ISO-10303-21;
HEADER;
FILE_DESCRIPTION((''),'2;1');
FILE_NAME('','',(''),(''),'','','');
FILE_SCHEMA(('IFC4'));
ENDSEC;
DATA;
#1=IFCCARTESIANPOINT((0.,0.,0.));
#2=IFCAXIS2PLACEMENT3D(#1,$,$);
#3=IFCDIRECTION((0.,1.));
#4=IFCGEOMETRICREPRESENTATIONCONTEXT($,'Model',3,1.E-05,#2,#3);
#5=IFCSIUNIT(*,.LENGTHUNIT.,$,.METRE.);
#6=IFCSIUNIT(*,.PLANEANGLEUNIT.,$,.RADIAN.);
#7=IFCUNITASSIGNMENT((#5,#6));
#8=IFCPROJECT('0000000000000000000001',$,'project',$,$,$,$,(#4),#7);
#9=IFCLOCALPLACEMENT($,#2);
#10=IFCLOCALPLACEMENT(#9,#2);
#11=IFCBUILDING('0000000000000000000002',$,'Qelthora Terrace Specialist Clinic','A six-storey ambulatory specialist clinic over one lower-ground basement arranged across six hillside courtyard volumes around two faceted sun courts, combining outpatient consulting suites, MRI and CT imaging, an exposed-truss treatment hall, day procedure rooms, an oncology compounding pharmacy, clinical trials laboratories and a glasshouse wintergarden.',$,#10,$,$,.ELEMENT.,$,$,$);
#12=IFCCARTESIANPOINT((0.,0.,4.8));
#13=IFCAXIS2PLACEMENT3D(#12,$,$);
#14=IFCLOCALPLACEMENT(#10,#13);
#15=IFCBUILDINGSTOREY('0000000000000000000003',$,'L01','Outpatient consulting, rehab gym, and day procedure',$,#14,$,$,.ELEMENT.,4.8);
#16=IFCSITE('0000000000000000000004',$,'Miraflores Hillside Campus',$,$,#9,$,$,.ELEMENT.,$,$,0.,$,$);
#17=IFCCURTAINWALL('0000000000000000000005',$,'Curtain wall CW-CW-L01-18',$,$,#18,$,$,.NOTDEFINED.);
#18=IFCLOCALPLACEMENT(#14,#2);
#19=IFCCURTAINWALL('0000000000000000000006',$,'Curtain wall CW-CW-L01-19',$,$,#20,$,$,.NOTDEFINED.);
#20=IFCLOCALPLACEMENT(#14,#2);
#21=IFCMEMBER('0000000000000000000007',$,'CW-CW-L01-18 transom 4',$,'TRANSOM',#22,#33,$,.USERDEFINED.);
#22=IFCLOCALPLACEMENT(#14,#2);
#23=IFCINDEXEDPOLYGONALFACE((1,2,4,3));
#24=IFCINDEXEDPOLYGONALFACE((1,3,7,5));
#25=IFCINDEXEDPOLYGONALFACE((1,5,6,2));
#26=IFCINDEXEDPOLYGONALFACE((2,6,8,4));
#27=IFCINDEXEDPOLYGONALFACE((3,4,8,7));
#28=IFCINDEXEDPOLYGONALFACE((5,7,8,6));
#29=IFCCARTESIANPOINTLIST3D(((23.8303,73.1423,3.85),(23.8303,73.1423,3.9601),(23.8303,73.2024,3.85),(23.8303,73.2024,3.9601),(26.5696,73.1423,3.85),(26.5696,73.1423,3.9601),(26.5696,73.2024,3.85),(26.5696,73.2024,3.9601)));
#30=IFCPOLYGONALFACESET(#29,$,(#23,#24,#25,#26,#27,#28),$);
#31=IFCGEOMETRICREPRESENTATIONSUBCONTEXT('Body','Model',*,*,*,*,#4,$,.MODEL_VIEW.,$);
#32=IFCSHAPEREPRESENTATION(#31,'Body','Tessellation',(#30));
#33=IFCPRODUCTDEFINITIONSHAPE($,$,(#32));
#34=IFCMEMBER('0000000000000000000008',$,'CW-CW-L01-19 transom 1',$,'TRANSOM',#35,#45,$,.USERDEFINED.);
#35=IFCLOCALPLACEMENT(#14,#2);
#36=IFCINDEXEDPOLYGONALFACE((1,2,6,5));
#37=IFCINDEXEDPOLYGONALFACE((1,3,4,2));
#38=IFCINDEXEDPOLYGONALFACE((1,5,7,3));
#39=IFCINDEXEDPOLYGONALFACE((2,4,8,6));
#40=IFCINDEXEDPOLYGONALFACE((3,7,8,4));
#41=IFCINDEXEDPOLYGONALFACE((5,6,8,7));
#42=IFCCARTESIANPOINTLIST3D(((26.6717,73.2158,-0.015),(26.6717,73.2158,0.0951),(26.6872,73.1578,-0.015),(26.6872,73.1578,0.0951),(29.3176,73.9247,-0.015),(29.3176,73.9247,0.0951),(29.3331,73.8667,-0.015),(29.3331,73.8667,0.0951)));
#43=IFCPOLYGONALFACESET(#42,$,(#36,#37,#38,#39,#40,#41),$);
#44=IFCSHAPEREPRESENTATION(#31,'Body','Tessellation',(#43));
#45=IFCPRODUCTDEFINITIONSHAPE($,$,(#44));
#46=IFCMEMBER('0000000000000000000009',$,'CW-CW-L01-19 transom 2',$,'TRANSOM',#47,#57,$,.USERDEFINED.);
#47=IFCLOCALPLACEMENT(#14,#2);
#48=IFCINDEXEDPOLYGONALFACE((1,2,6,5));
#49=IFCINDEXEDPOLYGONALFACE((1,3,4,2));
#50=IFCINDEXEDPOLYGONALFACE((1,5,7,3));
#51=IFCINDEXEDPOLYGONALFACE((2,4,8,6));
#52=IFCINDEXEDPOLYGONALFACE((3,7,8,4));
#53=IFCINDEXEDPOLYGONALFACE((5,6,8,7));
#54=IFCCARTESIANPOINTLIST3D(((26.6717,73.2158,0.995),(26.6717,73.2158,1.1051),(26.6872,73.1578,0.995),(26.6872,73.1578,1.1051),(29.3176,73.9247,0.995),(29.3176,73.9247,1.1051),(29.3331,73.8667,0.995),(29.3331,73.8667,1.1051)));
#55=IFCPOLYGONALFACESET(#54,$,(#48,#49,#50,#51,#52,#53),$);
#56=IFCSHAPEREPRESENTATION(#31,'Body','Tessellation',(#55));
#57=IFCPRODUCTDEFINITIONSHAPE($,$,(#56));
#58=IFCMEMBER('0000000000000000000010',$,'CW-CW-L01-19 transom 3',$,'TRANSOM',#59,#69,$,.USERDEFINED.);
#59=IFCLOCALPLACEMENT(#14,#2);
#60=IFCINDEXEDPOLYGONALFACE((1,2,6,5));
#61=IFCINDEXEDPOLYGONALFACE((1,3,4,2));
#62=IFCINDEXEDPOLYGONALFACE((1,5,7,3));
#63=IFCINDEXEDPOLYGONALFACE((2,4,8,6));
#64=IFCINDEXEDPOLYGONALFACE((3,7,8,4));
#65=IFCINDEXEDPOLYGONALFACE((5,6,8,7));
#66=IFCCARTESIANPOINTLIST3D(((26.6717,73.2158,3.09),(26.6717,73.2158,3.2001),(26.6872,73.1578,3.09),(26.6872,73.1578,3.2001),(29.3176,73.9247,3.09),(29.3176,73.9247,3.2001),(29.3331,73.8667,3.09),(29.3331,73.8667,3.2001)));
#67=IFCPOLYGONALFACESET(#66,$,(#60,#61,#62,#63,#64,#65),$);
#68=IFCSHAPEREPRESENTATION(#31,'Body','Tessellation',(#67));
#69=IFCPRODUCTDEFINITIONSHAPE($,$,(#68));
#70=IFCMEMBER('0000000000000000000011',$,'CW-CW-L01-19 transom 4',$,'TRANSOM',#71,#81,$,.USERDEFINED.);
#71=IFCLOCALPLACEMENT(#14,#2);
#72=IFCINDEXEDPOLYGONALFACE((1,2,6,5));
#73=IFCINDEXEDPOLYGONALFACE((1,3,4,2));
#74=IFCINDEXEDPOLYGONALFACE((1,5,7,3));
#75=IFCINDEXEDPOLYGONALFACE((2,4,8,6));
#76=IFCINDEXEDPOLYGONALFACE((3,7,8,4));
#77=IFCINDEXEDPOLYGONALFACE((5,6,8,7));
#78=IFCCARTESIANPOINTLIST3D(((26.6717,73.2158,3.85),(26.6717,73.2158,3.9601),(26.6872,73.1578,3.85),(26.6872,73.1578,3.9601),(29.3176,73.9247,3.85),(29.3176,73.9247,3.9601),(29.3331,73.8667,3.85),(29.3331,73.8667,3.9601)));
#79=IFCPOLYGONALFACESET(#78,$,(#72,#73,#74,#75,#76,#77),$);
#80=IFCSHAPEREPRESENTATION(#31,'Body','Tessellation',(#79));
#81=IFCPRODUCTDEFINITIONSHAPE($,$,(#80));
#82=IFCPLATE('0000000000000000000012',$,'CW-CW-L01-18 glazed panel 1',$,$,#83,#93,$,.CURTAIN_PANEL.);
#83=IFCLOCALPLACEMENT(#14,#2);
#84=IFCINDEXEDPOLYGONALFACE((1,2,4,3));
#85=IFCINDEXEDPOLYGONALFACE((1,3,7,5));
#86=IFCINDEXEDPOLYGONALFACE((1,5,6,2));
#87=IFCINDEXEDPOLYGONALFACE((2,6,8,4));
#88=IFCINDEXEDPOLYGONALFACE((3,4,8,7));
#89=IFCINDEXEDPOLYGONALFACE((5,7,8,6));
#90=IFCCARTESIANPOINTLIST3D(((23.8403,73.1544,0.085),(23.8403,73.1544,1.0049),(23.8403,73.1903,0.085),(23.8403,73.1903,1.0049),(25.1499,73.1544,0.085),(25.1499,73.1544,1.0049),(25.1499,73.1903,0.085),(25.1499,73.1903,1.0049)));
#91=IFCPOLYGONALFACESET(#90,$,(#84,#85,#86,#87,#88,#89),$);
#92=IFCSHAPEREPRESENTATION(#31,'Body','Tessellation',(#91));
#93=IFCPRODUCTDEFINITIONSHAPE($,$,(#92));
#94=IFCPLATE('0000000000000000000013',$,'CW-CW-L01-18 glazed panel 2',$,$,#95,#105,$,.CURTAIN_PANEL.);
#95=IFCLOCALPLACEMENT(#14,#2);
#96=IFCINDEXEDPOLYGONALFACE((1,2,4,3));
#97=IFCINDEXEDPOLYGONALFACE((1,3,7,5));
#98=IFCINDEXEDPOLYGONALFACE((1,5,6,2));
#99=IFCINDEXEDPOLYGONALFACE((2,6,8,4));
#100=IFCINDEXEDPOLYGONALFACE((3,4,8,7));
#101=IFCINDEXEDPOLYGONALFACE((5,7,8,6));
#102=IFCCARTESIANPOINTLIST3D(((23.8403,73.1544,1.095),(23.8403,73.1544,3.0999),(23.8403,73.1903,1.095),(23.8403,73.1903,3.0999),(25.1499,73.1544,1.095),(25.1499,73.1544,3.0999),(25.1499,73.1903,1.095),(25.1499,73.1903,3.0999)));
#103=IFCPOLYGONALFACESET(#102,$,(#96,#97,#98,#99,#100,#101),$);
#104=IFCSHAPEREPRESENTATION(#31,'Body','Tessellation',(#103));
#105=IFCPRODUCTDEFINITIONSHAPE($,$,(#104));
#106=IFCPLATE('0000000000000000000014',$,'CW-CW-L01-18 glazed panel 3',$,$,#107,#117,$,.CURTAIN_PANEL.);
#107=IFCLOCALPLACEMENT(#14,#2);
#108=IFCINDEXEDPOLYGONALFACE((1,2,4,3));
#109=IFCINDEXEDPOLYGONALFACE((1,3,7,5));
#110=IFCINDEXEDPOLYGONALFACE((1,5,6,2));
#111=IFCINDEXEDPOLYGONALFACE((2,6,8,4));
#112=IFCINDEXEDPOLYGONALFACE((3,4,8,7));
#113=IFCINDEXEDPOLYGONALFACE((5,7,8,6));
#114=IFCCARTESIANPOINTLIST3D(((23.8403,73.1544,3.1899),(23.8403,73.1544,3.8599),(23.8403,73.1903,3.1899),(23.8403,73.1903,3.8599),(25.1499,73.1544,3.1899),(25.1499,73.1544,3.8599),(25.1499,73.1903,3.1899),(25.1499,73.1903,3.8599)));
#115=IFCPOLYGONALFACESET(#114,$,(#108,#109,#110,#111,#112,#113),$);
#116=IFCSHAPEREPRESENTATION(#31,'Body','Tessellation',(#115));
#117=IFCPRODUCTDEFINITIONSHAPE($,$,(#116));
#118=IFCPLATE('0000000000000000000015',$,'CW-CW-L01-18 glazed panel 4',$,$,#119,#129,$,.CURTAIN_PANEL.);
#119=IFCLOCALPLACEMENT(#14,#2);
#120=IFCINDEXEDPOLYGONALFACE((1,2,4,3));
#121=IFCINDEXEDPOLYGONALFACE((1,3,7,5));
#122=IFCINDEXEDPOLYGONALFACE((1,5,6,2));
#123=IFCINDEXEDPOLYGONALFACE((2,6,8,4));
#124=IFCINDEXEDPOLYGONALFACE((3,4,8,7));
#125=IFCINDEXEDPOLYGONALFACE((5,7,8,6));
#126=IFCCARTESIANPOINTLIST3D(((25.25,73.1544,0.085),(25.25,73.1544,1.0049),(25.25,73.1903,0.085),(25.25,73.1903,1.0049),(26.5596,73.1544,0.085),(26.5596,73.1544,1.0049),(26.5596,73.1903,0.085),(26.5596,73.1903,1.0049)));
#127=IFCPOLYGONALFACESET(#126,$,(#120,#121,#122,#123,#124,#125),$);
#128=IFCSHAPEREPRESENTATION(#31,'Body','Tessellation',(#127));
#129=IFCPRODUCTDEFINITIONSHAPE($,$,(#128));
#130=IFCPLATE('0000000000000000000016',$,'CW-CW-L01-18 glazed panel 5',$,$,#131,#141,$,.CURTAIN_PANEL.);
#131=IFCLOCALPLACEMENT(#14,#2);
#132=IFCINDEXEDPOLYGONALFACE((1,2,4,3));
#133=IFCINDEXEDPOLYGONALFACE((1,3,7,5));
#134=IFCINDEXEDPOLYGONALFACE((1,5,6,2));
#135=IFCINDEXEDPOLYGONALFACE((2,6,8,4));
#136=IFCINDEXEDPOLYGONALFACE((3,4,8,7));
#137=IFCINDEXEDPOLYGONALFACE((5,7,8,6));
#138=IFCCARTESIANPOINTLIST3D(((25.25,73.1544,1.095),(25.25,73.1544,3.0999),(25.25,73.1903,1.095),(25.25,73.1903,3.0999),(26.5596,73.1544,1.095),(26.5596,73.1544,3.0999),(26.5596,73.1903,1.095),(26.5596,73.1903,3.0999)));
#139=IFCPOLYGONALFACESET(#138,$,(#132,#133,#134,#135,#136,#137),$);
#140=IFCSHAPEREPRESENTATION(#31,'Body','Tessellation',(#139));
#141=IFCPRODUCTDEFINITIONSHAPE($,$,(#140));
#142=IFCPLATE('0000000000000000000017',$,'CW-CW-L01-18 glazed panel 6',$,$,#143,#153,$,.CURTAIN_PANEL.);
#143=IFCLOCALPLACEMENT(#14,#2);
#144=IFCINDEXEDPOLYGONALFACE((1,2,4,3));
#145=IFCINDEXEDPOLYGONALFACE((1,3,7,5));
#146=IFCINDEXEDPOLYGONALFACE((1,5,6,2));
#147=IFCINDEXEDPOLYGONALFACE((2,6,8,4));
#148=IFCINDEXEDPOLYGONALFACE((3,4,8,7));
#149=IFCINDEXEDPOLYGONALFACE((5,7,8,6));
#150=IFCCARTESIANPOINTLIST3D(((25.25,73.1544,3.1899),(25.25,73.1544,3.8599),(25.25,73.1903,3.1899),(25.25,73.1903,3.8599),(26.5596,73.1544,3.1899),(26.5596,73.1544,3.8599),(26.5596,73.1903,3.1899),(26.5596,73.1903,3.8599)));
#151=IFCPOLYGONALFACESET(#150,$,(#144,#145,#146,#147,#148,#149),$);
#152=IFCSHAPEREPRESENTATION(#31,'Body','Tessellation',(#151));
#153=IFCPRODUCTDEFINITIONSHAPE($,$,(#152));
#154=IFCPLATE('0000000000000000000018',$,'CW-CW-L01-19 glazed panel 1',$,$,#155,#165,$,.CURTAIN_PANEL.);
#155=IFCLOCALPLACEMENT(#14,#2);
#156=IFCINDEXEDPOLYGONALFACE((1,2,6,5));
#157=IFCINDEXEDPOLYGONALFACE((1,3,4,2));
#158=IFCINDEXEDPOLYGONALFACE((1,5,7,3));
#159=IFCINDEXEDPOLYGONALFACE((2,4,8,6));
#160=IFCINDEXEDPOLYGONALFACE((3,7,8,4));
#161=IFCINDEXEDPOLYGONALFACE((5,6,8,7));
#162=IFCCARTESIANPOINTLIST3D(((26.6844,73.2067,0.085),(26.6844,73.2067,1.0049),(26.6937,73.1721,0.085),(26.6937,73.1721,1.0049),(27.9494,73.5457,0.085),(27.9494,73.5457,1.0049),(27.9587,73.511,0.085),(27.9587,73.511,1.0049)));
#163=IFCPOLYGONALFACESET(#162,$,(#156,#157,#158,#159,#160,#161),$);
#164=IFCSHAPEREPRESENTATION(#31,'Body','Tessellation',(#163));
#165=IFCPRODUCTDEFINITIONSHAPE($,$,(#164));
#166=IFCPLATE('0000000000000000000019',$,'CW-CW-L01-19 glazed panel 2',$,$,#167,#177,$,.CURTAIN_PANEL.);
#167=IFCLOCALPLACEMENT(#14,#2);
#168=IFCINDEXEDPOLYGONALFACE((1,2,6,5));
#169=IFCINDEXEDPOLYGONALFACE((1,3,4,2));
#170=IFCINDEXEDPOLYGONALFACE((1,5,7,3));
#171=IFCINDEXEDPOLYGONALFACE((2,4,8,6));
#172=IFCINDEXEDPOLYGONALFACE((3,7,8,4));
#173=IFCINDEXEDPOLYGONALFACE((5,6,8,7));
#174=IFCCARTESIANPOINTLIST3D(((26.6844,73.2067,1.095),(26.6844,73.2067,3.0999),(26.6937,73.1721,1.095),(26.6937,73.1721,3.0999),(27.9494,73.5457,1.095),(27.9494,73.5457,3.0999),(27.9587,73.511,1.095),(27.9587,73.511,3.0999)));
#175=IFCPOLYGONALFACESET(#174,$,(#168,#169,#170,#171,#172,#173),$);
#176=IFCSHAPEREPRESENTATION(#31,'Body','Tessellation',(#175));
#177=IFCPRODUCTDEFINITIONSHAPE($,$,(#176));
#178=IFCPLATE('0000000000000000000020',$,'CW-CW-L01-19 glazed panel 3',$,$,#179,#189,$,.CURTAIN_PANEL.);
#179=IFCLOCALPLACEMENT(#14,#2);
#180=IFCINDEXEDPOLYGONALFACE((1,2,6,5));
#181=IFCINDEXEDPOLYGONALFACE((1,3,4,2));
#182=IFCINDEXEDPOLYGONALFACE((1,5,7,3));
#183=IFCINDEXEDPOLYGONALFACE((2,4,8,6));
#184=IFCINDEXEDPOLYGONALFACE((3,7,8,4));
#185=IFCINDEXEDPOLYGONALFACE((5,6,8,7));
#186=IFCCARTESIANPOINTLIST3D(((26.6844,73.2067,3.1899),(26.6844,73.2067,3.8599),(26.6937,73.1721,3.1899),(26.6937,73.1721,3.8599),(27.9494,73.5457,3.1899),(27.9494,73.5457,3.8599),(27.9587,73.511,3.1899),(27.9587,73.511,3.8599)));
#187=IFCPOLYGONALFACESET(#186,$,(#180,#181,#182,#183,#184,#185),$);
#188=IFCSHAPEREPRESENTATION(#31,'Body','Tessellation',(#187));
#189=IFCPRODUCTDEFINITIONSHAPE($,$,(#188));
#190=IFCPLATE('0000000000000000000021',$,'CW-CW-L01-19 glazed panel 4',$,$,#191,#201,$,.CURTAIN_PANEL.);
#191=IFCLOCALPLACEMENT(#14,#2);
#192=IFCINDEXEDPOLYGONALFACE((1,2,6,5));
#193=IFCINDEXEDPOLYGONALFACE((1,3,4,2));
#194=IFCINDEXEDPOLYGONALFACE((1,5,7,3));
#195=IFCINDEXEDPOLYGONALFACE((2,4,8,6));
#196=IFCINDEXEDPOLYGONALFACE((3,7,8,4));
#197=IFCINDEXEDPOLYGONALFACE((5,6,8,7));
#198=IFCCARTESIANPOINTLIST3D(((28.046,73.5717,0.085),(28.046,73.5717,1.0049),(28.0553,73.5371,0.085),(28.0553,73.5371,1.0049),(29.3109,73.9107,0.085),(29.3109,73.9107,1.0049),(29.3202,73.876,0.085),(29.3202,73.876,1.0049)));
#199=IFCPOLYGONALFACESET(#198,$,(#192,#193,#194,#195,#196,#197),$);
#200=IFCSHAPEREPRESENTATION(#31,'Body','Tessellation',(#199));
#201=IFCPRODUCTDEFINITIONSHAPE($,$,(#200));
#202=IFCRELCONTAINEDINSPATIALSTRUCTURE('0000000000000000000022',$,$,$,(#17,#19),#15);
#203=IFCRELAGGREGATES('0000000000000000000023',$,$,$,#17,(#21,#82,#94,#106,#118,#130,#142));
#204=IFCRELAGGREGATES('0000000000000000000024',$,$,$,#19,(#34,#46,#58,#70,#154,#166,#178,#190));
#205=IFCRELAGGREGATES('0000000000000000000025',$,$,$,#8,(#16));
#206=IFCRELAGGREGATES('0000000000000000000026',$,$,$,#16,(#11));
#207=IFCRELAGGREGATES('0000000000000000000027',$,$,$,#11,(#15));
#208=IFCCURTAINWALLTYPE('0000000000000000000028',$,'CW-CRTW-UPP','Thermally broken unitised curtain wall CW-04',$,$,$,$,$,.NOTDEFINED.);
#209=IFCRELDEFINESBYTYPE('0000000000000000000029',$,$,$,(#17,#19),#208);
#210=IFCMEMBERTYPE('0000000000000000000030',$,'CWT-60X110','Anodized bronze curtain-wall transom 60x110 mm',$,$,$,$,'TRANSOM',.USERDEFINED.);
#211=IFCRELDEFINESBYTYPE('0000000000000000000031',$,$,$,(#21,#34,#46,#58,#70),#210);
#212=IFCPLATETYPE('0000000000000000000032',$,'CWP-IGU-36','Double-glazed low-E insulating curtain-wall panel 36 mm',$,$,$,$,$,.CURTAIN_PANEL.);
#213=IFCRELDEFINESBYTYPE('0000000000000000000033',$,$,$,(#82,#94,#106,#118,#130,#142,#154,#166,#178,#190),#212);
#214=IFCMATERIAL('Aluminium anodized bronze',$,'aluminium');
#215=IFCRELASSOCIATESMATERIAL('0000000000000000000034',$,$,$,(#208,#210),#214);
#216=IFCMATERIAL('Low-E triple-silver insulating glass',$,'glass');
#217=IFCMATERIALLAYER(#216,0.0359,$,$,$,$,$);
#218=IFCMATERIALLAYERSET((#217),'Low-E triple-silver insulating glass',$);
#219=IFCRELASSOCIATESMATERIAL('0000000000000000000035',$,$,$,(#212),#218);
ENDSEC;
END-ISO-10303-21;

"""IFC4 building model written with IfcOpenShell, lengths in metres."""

from ifc_helpers import new_model, si_unit, direction, frame, origin, origin_2d, place, context, subcontext, project, spatial, rectangle, extrude, material, layer, layer_set, material_profile, profile_set, type_object, element, aggregate, save


model = new_model("IFC4")

# Units and contexts
model_context = context("Model", 3, precision=1e-05, world=origin(), true_north=direction((0.0, 1.0)))
body_context = subcontext(model_context, "Body", "Model", "MODEL_VIEW")
ifc_project = project(units=[si_unit("LENGTHUNIT", "METRE"), si_unit("PLANEANGLEUNIT", "RADIAN")], contexts=[model_context])

# Site, building, storey
site_placement = place(None, origin())
site = spatial("IfcSite", under=ifc_project, at=site_placement, Name="Miraflores Hillside Campus", CompositionType="ELEMENT", RefElevation=0.0)
building_placement = place(site_placement, origin())
building = spatial("IfcBuilding", under=site, at=building_placement, Name="Qelthora Terrace Specialist Clinic", Description="A six-storey ambulatory specialist clinic over one lower-ground basement arranged across six hillside courtyard volumes around two faceted sun courts, combining outpatient consulting suites, MRI and CT imaging, an exposed-truss treatment hall, day procedure rooms, an oncology compounding pharmacy, clinical trials laboratories and a glasshouse wintergarden.", CompositionType="ELEMENT")
storey_placement = place(building_placement, frame((0.0, 0.0, 4.8)))
storey = spatial("IfcBuildingStorey", under=building, at=storey_placement, Name="L01", Description="Outpatient consulting, rehab gym, and day procedure", CompositionType="ELEMENT", Elevation=4.8)

# Curtain walls
ifc_material_1 = material(Name="Aluminium anodized bronze", Category="aluminium")
curtain_wall_type = type_object("IfcCurtainWallType", Name="CW-CRTW-UPP", Description="Thermally broken unitised curtain wall CW-04", PredefinedType="NOTDEFINED", material=ifc_material_1)
curtain_wall_1_placement = place(storey_placement, origin())
curtain_wall_1 = element("IfcCurtainWall", 1, at=curtain_wall_1_placement, inside=storey, type_object=curtain_wall_type, Name="Curtain wall CW-CW-L01-18", PredefinedType="NOTDEFINED")
curtain_wall_2_placement = place(storey_placement, origin())
curtain_wall_2 = element("IfcCurtainWall", 2, at=curtain_wall_2_placement, inside=storey, type_object=curtain_wall_type, Name="Curtain wall CW-CW-L01-19", PredefinedType="NOTDEFINED")

# Members
ifc_material_profile_1 = material_profile(ifc_material_1, rectangle(XDim=0.0601, YDim=0.1101, at=origin_2d()), Name="CWT60X110")
ifc_profile_set_1 = profile_set([ifc_material_profile_1], Name="Aluminium anodized bronze")
member_type_1 = type_object("IfcMemberType", Name="CWT-60X110", Description="Anodized bronze curtain-wall transom 60x110 mm", ElementType="TRANSOM", PredefinedType="USERDEFINED", material=ifc_profile_set_1)
member_1_placement = place(storey_placement, frame((23.8303, 73.1724, 3.905), z_axis=(1.0, 0.0, 0.0), x_axis=(0.0, 1.0, 0.0)))
member_1 = element("IfcMember", 3, at=member_1_placement, type_object=member_type_1, Name="CW-CW-L01-18 transom 4", ObjectType="TRANSOM", PredefinedType="USERDEFINED", context=body_context, shape_type="SweptSolid", body=[
    extrude(rectangle(XDim=0.0601, YDim=0.1101, at=origin_2d()), origin(), (0.0, 0.0, 1.0), 2.7393),
])
member_2_placement = place(storey_placement, frame((26.6794, 73.1868, 0.04), z_axis=(0.965927, 0.258816, 0.0), x_axis=(-0.258816, 0.965927, 0.0)))
member_2 = element("IfcMember", 4, at=member_2_placement, type_object=member_type_1, Name="CW-CW-L01-19 transom 1", ObjectType="TRANSOM", PredefinedType="USERDEFINED", context=body_context, shape_type="SweptSolid", body=[
    extrude(rectangle(XDim=0.0601, YDim=0.1101, at=origin_2d()), origin(), (0.0, 0.0, 1.0), 2.7393),
])
member_3_placement = place(storey_placement, frame((26.6794, 73.1868, 1.05), z_axis=(0.965927, 0.258816, 0.0), x_axis=(-0.258816, 0.965927, 0.0)))
member_3 = element("IfcMember", 5, at=member_3_placement, type_object=member_type_1, Name="CW-CW-L01-19 transom 2", ObjectType="TRANSOM", PredefinedType="USERDEFINED", context=body_context, shape_type="SweptSolid", body=[
    extrude(rectangle(XDim=0.0601, YDim=0.1101, at=origin_2d()), origin(), (0.0, 0.0, 1.0), 2.7393),
])
member_4_placement = place(storey_placement, frame((26.6794, 73.1868, 3.145), z_axis=(0.965927, 0.258816, 0.0), x_axis=(-0.258816, 0.965927, 0.0)))
member_4 = element("IfcMember", 6, at=member_4_placement, type_object=member_type_1, Name="CW-CW-L01-19 transom 3", ObjectType="TRANSOM", PredefinedType="USERDEFINED", context=body_context, shape_type="SweptSolid", body=[
    extrude(rectangle(XDim=0.0601, YDim=0.1101, at=origin_2d()), origin(), (0.0, 0.0, 1.0), 2.7393),
])
member_5_placement = place(storey_placement, frame((26.6794, 73.1868, 3.905), z_axis=(0.965927, 0.258816, 0.0), x_axis=(-0.258816, 0.965927, 0.0)))
member_5 = element("IfcMember", 7, at=member_5_placement, type_object=member_type_1, Name="CW-CW-L01-19 transom 4", ObjectType="TRANSOM", PredefinedType="USERDEFINED", context=body_context, shape_type="SweptSolid", body=[
    extrude(rectangle(XDim=0.0601, YDim=0.1101, at=origin_2d()), origin(), (0.0, 0.0, 1.0), 2.7393),
])

# Plates
ifc_material_2 = material(Name="Low-E triple-silver insulating glass", Category="glass")
ifc_layer = layer(ifc_material_2, 0.0359)
ifc_layer_set = layer_set([ifc_layer], Name="Low-E triple-silver insulating glass")
plate_type = type_object("IfcPlateType", Name="CWP-IGU-36", Description="Double-glazed low-E insulating curtain-wall panel 36 mm", PredefinedType="CURTAIN_PANEL", material=ifc_layer_set)
plate_1_placement = place(storey_placement, frame((24.4951, 73.1724, 0.085), z_axis=(0.0, 0.0, 1.0), x_axis=(1.0, 0.0, 0.0)))
plate_1 = element("IfcPlate", 8, at=plate_1_placement, type_object=plate_type, Name="CW-CW-L01-18 glazed panel 1", PredefinedType="CURTAIN_PANEL", context=body_context, shape_type="SweptSolid", body=[
    extrude(rectangle(XDim=1.3096, YDim=0.0359, at=origin_2d()), origin(), (0.0, 0.0, 1.0), 0.9199),
])
plate_2_placement = place(storey_placement, frame((24.4951, 73.1724, 1.095), z_axis=(0.0, 0.0, 1.0), x_axis=(1.0, 0.0, 0.0)))
plate_2 = element("IfcPlate", 9, at=plate_2_placement, type_object=plate_type, Name="CW-CW-L01-18 glazed panel 2", PredefinedType="CURTAIN_PANEL", context=body_context, shape_type="SweptSolid", body=[
    extrude(rectangle(XDim=1.3096, YDim=0.0359, at=origin_2d()), origin(), (0.0, 0.0, 1.0), 2.0049),
])
plate_3_placement = place(storey_placement, frame((24.4951, 73.1724, 3.1899), z_axis=(0.0, 0.0, 1.0), x_axis=(1.0, 0.0, 0.0)))
plate_3 = element("IfcPlate", 10, at=plate_3_placement, type_object=plate_type, Name="CW-CW-L01-18 glazed panel 3", PredefinedType="CURTAIN_PANEL", context=body_context, shape_type="SweptSolid", body=[
    extrude(rectangle(XDim=1.3096, YDim=0.0359, at=origin_2d()), origin(), (0.0, 0.0, 1.0), 0.6699),
])
plate_4_placement = place(storey_placement, frame((25.9048, 73.1724, 0.085), z_axis=(0.0, 0.0, 1.0), x_axis=(1.0, 0.0, 0.0)))
plate_4 = element("IfcPlate", 11, at=plate_4_placement, type_object=plate_type, Name="CW-CW-L01-18 glazed panel 4", PredefinedType="CURTAIN_PANEL", context=body_context, shape_type="SweptSolid", body=[
    extrude(rectangle(XDim=1.3096, YDim=0.0359, at=origin_2d()), origin(), (0.0, 0.0, 1.0), 0.9199),
])
plate_5_placement = place(storey_placement, frame((25.9048, 73.1724, 1.095), z_axis=(0.0, 0.0, 1.0), x_axis=(1.0, 0.0, 0.0)))
plate_5 = element("IfcPlate", 12, at=plate_5_placement, type_object=plate_type, Name="CW-CW-L01-18 glazed panel 5", PredefinedType="CURTAIN_PANEL", context=body_context, shape_type="SweptSolid", body=[
    extrude(rectangle(XDim=1.3096, YDim=0.0359, at=origin_2d()), origin(), (0.0, 0.0, 1.0), 2.0049),
])
plate_6_placement = place(storey_placement, frame((25.9048, 73.1724, 3.1899), z_axis=(0.0, 0.0, 1.0), x_axis=(1.0, 0.0, 0.0)))
plate_6 = element("IfcPlate", 13, at=plate_6_placement, type_object=plate_type, Name="CW-CW-L01-18 glazed panel 6", PredefinedType="CURTAIN_PANEL", context=body_context, shape_type="SweptSolid", body=[
    extrude(rectangle(XDim=1.3096, YDim=0.0359, at=origin_2d()), origin(), (0.0, 0.0, 1.0), 0.6699),
])
aggregate(curtain_wall_1, [member_1, plate_1, plate_2, plate_3, plate_4, plate_5, plate_6])
plate_7_placement = place(storey_placement, frame((27.3215, 73.3589, 0.085), z_axis=(0.0, 0.0, 1.0), x_axis=(0.965925, 0.258821, 0.0)))
plate_7 = element("IfcPlate", 14, at=plate_7_placement, type_object=plate_type, Name="CW-CW-L01-19 glazed panel 1", PredefinedType="CURTAIN_PANEL", context=body_context, shape_type="SweptSolid", body=[
    extrude(rectangle(XDim=1.3096, YDim=0.0359, at=origin_2d()), origin(), (0.0, 0.0, 1.0), 0.9199),
])
plate_8_placement = place(storey_placement, frame((27.3215, 73.3589, 1.095), z_axis=(0.0, 0.0, 1.0), x_axis=(0.965925, 0.258821, 0.0)))
plate_8 = element("IfcPlate", 15, at=plate_8_placement, type_object=plate_type, Name="CW-CW-L01-19 glazed panel 2", PredefinedType="CURTAIN_PANEL", context=body_context, shape_type="SweptSolid", body=[
    extrude(rectangle(XDim=1.3096, YDim=0.0359, at=origin_2d()), origin(), (0.0, 0.0, 1.0), 2.0049),
])
plate_9_placement = place(storey_placement, frame((27.3215, 73.3589, 3.1899), z_axis=(0.0, 0.0, 1.0), x_axis=(0.965925, 0.258821, 0.0)))
plate_9 = element("IfcPlate", 16, at=plate_9_placement, type_object=plate_type, Name="CW-CW-L01-19 glazed panel 3", PredefinedType="CURTAIN_PANEL", context=body_context, shape_type="SweptSolid", body=[
    extrude(rectangle(XDim=1.3096, YDim=0.0359, at=origin_2d()), origin(), (0.0, 0.0, 1.0), 0.6699),
])
plate_10_placement = place(storey_placement, frame((28.6831, 73.7239, 0.085), z_axis=(0.0, 0.0, 1.0), x_axis=(0.965925, 0.258821, 0.0)))
plate_10 = element("IfcPlate", 17, at=plate_10_placement, type_object=plate_type, Name="CW-CW-L01-19 glazed panel 4", PredefinedType="CURTAIN_PANEL", context=body_context, shape_type="SweptSolid", body=[
    extrude(rectangle(XDim=1.3096, YDim=0.0359, at=origin_2d()), origin(), (0.0, 0.0, 1.0), 0.9199),
])
aggregate(curtain_wall_2, [member_2, member_3, member_4, member_5, plate_7, plate_8, plate_9, plate_10])

save(model, "model.ifc")
